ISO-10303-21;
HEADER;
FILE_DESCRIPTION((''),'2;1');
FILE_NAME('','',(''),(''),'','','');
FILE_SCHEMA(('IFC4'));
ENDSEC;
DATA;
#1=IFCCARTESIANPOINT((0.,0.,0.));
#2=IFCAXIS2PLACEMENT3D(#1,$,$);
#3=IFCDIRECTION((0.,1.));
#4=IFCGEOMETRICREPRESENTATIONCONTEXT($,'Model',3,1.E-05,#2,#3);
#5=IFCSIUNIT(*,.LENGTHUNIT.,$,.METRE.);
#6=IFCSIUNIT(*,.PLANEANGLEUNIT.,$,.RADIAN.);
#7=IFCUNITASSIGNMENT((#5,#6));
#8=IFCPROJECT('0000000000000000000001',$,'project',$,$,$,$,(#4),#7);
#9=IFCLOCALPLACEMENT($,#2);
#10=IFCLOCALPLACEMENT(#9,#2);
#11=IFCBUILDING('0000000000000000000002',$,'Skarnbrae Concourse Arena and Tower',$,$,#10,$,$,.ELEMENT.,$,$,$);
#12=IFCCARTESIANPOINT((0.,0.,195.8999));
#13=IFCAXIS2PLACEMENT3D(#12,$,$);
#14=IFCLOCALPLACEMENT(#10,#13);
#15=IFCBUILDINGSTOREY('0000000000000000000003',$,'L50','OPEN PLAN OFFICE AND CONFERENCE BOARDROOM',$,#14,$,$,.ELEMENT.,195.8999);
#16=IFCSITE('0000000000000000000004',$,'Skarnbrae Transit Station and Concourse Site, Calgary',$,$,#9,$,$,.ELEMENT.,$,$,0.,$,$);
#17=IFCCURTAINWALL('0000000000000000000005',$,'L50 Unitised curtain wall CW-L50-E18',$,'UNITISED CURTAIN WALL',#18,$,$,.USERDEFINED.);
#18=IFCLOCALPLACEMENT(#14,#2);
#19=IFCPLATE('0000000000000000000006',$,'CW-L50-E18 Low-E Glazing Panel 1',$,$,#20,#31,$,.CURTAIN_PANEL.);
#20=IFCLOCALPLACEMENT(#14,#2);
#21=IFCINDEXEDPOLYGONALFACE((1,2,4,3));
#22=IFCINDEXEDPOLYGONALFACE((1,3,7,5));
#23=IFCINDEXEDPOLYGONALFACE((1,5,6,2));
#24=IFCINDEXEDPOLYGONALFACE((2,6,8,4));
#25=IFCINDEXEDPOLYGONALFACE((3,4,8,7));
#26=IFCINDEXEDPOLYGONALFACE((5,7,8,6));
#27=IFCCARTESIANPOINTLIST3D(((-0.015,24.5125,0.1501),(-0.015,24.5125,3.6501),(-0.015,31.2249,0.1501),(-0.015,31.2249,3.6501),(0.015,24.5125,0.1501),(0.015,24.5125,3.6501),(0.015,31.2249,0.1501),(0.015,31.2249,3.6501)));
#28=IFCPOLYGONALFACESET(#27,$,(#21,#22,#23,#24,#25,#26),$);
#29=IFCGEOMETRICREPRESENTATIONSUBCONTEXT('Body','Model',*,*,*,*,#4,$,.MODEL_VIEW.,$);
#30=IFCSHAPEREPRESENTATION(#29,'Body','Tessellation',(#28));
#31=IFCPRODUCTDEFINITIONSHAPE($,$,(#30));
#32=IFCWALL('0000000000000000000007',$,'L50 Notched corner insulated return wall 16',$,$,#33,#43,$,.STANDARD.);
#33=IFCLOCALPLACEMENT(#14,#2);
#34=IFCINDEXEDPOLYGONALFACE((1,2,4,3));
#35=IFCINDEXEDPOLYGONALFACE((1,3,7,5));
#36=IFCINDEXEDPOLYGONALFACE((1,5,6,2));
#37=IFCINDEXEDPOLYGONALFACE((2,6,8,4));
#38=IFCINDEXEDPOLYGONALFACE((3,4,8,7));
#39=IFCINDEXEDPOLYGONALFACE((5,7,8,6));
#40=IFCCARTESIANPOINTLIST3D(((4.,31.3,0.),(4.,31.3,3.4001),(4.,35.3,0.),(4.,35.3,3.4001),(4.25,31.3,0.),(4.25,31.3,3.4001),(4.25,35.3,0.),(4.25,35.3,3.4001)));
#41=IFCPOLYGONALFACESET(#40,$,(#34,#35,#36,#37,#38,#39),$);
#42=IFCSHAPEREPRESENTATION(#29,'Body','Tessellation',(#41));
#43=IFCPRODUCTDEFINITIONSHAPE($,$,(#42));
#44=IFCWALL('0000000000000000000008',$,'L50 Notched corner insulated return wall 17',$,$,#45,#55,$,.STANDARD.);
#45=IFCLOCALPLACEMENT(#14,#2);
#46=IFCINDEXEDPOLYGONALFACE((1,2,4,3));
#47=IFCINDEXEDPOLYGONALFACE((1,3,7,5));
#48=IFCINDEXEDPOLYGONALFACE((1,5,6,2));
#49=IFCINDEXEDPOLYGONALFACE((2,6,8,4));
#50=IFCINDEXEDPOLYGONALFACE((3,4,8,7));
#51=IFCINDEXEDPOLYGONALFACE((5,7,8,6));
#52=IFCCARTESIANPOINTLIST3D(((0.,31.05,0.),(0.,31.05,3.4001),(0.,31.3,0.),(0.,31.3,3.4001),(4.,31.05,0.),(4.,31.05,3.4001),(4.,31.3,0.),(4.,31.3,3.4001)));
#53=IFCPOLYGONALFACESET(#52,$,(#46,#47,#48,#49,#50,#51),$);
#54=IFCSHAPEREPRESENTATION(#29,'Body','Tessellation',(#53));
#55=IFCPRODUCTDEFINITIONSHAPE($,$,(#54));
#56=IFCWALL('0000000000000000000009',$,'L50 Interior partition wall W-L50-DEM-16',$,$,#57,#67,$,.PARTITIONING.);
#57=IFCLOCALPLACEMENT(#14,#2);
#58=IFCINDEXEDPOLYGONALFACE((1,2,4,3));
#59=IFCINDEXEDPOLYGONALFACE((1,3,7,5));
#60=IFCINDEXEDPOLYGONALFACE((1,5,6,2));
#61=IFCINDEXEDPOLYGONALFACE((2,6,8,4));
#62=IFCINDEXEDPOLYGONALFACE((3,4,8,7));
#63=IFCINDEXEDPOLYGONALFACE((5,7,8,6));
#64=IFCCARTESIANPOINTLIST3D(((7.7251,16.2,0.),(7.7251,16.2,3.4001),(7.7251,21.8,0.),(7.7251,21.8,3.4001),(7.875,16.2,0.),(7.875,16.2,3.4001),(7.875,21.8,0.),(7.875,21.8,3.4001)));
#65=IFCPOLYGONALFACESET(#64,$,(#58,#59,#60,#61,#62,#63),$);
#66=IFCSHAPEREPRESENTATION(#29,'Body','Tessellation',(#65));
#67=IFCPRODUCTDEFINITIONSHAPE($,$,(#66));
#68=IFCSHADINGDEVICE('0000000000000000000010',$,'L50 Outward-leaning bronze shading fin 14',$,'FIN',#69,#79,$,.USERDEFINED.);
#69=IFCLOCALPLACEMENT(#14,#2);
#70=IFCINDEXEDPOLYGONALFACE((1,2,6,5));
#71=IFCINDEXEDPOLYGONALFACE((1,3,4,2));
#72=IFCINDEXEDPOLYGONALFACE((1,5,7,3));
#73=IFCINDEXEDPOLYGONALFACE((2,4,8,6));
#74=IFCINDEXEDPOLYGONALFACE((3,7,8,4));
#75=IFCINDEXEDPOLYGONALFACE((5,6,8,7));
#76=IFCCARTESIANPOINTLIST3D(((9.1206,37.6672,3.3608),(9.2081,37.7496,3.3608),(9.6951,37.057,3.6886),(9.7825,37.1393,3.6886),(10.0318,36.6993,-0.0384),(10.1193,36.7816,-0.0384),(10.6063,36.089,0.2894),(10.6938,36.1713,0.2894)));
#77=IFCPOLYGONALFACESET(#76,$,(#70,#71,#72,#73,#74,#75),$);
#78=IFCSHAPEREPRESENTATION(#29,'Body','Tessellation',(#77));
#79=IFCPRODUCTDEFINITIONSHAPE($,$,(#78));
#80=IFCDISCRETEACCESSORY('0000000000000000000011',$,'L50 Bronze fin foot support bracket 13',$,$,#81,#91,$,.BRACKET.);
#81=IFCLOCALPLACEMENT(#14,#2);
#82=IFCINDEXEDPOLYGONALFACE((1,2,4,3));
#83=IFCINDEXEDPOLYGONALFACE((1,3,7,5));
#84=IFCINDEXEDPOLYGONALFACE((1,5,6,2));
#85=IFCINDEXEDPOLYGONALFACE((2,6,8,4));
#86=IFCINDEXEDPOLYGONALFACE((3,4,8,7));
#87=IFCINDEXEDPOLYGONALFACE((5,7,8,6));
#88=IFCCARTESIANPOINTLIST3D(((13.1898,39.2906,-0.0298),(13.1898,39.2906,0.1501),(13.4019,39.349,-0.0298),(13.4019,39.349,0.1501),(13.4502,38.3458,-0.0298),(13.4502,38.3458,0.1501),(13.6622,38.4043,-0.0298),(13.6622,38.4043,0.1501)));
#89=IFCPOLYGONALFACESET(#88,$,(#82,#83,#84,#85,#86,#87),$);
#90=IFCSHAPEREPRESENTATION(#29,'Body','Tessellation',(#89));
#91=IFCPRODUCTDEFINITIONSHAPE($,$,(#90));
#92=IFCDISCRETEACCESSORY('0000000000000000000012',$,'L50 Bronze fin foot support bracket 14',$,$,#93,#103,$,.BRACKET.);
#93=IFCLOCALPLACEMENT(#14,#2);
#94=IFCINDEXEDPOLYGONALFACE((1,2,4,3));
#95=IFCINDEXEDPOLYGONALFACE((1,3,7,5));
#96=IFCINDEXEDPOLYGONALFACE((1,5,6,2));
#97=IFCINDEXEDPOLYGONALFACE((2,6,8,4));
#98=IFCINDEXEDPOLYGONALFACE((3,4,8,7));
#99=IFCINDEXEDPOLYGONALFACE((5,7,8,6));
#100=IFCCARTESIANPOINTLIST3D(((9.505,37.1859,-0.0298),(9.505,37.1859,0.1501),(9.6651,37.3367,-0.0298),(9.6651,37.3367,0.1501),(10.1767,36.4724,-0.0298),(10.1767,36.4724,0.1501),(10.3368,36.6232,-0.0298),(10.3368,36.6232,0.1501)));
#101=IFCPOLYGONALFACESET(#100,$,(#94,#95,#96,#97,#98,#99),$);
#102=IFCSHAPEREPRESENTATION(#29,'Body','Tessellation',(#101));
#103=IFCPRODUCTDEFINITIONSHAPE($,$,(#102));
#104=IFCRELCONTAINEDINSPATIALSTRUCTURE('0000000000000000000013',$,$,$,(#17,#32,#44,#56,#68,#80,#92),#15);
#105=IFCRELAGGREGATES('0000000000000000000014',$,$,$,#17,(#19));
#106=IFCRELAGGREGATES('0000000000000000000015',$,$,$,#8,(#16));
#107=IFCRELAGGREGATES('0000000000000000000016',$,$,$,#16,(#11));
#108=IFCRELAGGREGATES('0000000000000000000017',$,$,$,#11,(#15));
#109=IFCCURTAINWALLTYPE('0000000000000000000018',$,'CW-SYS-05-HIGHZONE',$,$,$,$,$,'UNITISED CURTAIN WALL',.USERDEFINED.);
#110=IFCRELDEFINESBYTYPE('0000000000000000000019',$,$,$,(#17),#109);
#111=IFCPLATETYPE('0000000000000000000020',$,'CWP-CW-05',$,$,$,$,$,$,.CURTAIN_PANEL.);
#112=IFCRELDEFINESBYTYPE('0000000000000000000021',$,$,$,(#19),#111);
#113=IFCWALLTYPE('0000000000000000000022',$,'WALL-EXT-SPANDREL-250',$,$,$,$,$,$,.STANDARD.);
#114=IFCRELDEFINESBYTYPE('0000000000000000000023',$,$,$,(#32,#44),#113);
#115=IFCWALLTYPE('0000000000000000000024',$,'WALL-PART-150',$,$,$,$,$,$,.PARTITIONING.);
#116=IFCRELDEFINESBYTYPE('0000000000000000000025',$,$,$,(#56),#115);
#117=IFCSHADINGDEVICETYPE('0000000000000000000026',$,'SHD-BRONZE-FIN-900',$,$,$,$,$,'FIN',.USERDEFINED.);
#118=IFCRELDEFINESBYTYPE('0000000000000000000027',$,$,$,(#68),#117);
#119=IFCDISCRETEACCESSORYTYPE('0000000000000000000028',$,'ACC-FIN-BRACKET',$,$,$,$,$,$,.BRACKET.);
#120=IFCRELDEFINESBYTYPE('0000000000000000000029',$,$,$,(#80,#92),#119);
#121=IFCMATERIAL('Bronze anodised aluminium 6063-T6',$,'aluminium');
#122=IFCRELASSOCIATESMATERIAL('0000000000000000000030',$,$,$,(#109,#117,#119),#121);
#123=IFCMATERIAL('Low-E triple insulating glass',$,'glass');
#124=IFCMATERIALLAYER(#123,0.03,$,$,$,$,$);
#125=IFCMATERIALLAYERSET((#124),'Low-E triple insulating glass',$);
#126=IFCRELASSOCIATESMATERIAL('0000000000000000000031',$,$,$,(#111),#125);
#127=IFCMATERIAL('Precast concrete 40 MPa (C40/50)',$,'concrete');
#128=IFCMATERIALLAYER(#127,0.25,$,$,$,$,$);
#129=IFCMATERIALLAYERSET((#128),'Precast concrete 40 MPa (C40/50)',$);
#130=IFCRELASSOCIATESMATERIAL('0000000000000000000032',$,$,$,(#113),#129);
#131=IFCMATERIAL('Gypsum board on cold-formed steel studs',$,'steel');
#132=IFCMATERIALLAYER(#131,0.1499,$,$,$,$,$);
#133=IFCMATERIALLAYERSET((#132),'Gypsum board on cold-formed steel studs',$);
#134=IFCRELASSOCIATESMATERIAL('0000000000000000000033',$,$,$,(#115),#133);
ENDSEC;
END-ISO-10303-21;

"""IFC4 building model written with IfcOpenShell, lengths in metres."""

from ifc_helpers import new_model, si_unit, direction, frame, frame_2d, origin, origin_2d, place, context, subcontext, project, spatial, rectangle, extrude, source, transform, mapped, material, layer, layer_set, type_object, element, aggregate, save


model = new_model("IFC4")

# Units and contexts
model_context = context("Model", 3, precision=1e-05, world=origin(), true_north=direction((0.0, 1.0)))
body_context = subcontext(model_context, "Body", "Model", "MODEL_VIEW")
ifc_project = project(units=[si_unit("LENGTHUNIT", "METRE"), si_unit("PLANEANGLEUNIT", "RADIAN")], contexts=[model_context])

# Site, building, storey
site_placement = place(None, origin())
site = spatial("IfcSite", under=ifc_project, at=site_placement, Name="Skarnbrae Transit Station and Concourse Site, Calgary", CompositionType="ELEMENT", RefElevation=0.0)
building_placement = place(site_placement, origin())
building = spatial("IfcBuilding", under=site, at=building_placement, Name="Skarnbrae Concourse Arena and Tower", CompositionType="ELEMENT")
storey_placement = place(building_placement, frame((0.0, 0.0, 195.8999)))
storey = spatial("IfcBuildingStorey", under=building, at=storey_placement, Name="L50", Description="OPEN PLAN OFFICE AND CONFERENCE BOARDROOM", CompositionType="ELEMENT", Elevation=195.8999)

# Shared definitions
ifc_material_1 = material(Name="Bronze anodised aluminium 6063-T6", Category="aluminium")
curtain_wall_type = type_object("IfcCurtainWallType", Name="CW-SYS-05-HIGHZONE", ElementType="UNITISED CURTAIN WALL", PredefinedType="USERDEFINED", material=ifc_material_1)

# Curtain wall
curtain_wall_1_placement = place(storey_placement, origin())
curtain_wall_1 = element("IfcCurtainWall", 1, at=curtain_wall_1_placement, inside=storey, type_object=curtain_wall_type, Name="L50 Unitised curtain wall CW-L50-E18", ObjectType="UNITISED CURTAIN WALL", PredefinedType="USERDEFINED")

# Plate
ifc_material_2 = material(Name="Low-E triple insulating glass", Category="glass")
ifc_layer_1 = layer(ifc_material_2, 0.03)
ifc_layer_set_1 = layer_set([ifc_layer_1], Name="Low-E triple insulating glass")
plate_type = type_object("IfcPlateType", Name="CWP-CW-05", PredefinedType="CURTAIN_PANEL", material=ifc_layer_set_1)
shared_shape_1 = source(origin(), body_context, "Body", "SweptSolid", [
    extrude(rectangle(XDim=6.7124, YDim=0.03, at=origin_2d()), origin(), (0.0, 0.0, 1.0), 3.5),
])
plate_1_placement = place(storey_placement, frame((0.0, 27.8687, 0.1501), z_axis=(0.0, 0.0, 1.0), x_axis=(0.0, -1.0, 0.0)))
plate_1 = element("IfcPlate", 2, at=plate_1_placement, type_object=plate_type, Name="CW-L50-E18 Low-E Glazing Panel 1", PredefinedType="CURTAIN_PANEL", context=body_context, shape_type="MappedRepresentation", body=[
    mapped(shared_shape_1, transform((0.0, 0.0, 0.0))),
])
aggregate(curtain_wall_1, [plate_1])

# Walls
ifc_material_3 = material(Name="Precast concrete 40 MPa (C40/50)", Category="concrete")
ifc_layer_2 = layer(ifc_material_3, 0.25)
ifc_layer_set_2 = layer_set([ifc_layer_2], Name="Precast concrete 40 MPa (C40/50)")
wall_type_1 = type_object("IfcWallType", Name="WALL-EXT-SPANDREL-250", PredefinedType="STANDARD", material=ifc_layer_set_2)
shared_shape_2 = source(origin(), body_context, "Body", "SweptSolid", [
    extrude(rectangle(XDim=4.0, YDim=0.25, at=frame_2d((2.0, 0.0))), origin(), (0.0, 0.0, 1.0), 3.4001),
])
for number, where, z_axis, x_axis, name in (
    (3, (4.125, 35.3, 0.0), (0.0, 0.0, 1.0), (0.0, -1.0, 0.0), "L50 Notched corner insulated return wall 16"),
    (4, (4.0, 31.175, 0.0), (0.0, 0.0, 1.0), (-1.0, 0.0, 0.0), "L50 Notched corner insulated return wall 17"),
):
    element("IfcWall", number, at=place(storey_placement, frame(where, z_axis=z_axis, x_axis=x_axis)), inside=storey, type_object=wall_type_1, Name=name, PredefinedType="STANDARD", context=body_context, shape_type="MappedRepresentation", body=[
        mapped(shared_shape_2, transform((0.0, 0.0, 0.0))),
    ])
ifc_material_4 = material(Name="Gypsum board on cold-formed steel studs", Category="steel")
ifc_layer_3 = layer(ifc_material_4, 0.1499)
ifc_layer_set_3 = layer_set([ifc_layer_3], Name="Gypsum board on cold-formed steel studs")
wall_type_2 = type_object("IfcWallType", Name="WALL-PART-150", PredefinedType="PARTITIONING", material=ifc_layer_set_3)
shared_shape_3 = source(origin(), body_context, "Body", "SweptSolid", [
    extrude(rectangle(XDim=5.6001, YDim=0.1499, at=frame_2d((2.8, 0.0))), origin(), (0.0, 0.0, 1.0), 3.4001),
])
wall_placement = place(storey_placement, frame((7.8, 21.8, 0.0), z_axis=(0.0, 0.0, 1.0), x_axis=(0.0, -1.0, 0.0)))
element("IfcWall", 5, at=wall_placement, inside=storey, type_object=wall_type_2, Name="L50 Interior partition wall W-L50-DEM-16", PredefinedType="PARTITIONING", context=body_context, shape_type="MappedRepresentation", body=[
    mapped(shared_shape_3, transform((0.0, 0.0, 0.0))),
])

# Shading device
shading_device_type = type_object("IfcShadingDeviceType", Name="SHD-BRONZE-FIN-900", ElementType="FIN", PredefinedType="USERDEFINED", material=ifc_material_1)
shared_shape_4 = source(origin(), body_context, "Body", "SweptSolid", [
    extrude(rectangle(XDim=0.1201, YDim=0.8999, at=origin_2d()), origin(), (0.0, 0.0, 1.0), 3.6499),
])
shading_device_placement = place(storey_placement, frame((10.3628, 36.4353, 0.1255), z_axis=(-0.249655, 0.265205, 0.93131), x_axis=(0.728132, 0.685437, 0.0)))
element("IfcShadingDevice", 6, at=shading_device_placement, inside=storey, type_object=shading_device_type, Name="L50 Outward-leaning bronze shading fin 14", ObjectType="FIN", PredefinedType="USERDEFINED", context=body_context, shape_type="MappedRepresentation", body=[
    mapped(shared_shape_4, transform((0.0, 0.0, 0.0))),
])

# Discrete accessories
discrete_accessory_type = type_object("IfcDiscreteAccessoryType", Name="ACC-FIN-BRACKET", PredefinedType="BRACKET", material=ifc_material_1)
shared_shape_5 = source(origin(), body_context, "Body", "SweptSolid", [
    extrude(rectangle(XDim=0.22, YDim=0.98, at=origin_2d()), origin(), (0.0, 0.0, 1.0), 0.1799),
])
for number, where, z_axis, x_axis, name in (
    (7, (13.426, 38.8474, -0.0298), (0.0, 0.0, 1.0), (0.964058, 0.265691, 0.0), "L50 Bronze fin foot support bracket 13"),
    (8, (9.9209, 36.9045, -0.0298), (0.0, 0.0, 1.0), (0.728132, 0.685437, 0.0), "L50 Bronze fin foot support bracket 14"),
):
    element("IfcDiscreteAccessory", number, at=place(storey_placement, frame(where, z_axis=z_axis, x_axis=x_axis)), inside=storey, type_object=discrete_accessory_type, Name=name, PredefinedType="BRACKET", context=body_context, shape_type="MappedRepresentation", body=[
        mapped(shared_shape_5, transform((0.0, 0.0, 0.0))),
    ])

save(model, "model.ifc")
